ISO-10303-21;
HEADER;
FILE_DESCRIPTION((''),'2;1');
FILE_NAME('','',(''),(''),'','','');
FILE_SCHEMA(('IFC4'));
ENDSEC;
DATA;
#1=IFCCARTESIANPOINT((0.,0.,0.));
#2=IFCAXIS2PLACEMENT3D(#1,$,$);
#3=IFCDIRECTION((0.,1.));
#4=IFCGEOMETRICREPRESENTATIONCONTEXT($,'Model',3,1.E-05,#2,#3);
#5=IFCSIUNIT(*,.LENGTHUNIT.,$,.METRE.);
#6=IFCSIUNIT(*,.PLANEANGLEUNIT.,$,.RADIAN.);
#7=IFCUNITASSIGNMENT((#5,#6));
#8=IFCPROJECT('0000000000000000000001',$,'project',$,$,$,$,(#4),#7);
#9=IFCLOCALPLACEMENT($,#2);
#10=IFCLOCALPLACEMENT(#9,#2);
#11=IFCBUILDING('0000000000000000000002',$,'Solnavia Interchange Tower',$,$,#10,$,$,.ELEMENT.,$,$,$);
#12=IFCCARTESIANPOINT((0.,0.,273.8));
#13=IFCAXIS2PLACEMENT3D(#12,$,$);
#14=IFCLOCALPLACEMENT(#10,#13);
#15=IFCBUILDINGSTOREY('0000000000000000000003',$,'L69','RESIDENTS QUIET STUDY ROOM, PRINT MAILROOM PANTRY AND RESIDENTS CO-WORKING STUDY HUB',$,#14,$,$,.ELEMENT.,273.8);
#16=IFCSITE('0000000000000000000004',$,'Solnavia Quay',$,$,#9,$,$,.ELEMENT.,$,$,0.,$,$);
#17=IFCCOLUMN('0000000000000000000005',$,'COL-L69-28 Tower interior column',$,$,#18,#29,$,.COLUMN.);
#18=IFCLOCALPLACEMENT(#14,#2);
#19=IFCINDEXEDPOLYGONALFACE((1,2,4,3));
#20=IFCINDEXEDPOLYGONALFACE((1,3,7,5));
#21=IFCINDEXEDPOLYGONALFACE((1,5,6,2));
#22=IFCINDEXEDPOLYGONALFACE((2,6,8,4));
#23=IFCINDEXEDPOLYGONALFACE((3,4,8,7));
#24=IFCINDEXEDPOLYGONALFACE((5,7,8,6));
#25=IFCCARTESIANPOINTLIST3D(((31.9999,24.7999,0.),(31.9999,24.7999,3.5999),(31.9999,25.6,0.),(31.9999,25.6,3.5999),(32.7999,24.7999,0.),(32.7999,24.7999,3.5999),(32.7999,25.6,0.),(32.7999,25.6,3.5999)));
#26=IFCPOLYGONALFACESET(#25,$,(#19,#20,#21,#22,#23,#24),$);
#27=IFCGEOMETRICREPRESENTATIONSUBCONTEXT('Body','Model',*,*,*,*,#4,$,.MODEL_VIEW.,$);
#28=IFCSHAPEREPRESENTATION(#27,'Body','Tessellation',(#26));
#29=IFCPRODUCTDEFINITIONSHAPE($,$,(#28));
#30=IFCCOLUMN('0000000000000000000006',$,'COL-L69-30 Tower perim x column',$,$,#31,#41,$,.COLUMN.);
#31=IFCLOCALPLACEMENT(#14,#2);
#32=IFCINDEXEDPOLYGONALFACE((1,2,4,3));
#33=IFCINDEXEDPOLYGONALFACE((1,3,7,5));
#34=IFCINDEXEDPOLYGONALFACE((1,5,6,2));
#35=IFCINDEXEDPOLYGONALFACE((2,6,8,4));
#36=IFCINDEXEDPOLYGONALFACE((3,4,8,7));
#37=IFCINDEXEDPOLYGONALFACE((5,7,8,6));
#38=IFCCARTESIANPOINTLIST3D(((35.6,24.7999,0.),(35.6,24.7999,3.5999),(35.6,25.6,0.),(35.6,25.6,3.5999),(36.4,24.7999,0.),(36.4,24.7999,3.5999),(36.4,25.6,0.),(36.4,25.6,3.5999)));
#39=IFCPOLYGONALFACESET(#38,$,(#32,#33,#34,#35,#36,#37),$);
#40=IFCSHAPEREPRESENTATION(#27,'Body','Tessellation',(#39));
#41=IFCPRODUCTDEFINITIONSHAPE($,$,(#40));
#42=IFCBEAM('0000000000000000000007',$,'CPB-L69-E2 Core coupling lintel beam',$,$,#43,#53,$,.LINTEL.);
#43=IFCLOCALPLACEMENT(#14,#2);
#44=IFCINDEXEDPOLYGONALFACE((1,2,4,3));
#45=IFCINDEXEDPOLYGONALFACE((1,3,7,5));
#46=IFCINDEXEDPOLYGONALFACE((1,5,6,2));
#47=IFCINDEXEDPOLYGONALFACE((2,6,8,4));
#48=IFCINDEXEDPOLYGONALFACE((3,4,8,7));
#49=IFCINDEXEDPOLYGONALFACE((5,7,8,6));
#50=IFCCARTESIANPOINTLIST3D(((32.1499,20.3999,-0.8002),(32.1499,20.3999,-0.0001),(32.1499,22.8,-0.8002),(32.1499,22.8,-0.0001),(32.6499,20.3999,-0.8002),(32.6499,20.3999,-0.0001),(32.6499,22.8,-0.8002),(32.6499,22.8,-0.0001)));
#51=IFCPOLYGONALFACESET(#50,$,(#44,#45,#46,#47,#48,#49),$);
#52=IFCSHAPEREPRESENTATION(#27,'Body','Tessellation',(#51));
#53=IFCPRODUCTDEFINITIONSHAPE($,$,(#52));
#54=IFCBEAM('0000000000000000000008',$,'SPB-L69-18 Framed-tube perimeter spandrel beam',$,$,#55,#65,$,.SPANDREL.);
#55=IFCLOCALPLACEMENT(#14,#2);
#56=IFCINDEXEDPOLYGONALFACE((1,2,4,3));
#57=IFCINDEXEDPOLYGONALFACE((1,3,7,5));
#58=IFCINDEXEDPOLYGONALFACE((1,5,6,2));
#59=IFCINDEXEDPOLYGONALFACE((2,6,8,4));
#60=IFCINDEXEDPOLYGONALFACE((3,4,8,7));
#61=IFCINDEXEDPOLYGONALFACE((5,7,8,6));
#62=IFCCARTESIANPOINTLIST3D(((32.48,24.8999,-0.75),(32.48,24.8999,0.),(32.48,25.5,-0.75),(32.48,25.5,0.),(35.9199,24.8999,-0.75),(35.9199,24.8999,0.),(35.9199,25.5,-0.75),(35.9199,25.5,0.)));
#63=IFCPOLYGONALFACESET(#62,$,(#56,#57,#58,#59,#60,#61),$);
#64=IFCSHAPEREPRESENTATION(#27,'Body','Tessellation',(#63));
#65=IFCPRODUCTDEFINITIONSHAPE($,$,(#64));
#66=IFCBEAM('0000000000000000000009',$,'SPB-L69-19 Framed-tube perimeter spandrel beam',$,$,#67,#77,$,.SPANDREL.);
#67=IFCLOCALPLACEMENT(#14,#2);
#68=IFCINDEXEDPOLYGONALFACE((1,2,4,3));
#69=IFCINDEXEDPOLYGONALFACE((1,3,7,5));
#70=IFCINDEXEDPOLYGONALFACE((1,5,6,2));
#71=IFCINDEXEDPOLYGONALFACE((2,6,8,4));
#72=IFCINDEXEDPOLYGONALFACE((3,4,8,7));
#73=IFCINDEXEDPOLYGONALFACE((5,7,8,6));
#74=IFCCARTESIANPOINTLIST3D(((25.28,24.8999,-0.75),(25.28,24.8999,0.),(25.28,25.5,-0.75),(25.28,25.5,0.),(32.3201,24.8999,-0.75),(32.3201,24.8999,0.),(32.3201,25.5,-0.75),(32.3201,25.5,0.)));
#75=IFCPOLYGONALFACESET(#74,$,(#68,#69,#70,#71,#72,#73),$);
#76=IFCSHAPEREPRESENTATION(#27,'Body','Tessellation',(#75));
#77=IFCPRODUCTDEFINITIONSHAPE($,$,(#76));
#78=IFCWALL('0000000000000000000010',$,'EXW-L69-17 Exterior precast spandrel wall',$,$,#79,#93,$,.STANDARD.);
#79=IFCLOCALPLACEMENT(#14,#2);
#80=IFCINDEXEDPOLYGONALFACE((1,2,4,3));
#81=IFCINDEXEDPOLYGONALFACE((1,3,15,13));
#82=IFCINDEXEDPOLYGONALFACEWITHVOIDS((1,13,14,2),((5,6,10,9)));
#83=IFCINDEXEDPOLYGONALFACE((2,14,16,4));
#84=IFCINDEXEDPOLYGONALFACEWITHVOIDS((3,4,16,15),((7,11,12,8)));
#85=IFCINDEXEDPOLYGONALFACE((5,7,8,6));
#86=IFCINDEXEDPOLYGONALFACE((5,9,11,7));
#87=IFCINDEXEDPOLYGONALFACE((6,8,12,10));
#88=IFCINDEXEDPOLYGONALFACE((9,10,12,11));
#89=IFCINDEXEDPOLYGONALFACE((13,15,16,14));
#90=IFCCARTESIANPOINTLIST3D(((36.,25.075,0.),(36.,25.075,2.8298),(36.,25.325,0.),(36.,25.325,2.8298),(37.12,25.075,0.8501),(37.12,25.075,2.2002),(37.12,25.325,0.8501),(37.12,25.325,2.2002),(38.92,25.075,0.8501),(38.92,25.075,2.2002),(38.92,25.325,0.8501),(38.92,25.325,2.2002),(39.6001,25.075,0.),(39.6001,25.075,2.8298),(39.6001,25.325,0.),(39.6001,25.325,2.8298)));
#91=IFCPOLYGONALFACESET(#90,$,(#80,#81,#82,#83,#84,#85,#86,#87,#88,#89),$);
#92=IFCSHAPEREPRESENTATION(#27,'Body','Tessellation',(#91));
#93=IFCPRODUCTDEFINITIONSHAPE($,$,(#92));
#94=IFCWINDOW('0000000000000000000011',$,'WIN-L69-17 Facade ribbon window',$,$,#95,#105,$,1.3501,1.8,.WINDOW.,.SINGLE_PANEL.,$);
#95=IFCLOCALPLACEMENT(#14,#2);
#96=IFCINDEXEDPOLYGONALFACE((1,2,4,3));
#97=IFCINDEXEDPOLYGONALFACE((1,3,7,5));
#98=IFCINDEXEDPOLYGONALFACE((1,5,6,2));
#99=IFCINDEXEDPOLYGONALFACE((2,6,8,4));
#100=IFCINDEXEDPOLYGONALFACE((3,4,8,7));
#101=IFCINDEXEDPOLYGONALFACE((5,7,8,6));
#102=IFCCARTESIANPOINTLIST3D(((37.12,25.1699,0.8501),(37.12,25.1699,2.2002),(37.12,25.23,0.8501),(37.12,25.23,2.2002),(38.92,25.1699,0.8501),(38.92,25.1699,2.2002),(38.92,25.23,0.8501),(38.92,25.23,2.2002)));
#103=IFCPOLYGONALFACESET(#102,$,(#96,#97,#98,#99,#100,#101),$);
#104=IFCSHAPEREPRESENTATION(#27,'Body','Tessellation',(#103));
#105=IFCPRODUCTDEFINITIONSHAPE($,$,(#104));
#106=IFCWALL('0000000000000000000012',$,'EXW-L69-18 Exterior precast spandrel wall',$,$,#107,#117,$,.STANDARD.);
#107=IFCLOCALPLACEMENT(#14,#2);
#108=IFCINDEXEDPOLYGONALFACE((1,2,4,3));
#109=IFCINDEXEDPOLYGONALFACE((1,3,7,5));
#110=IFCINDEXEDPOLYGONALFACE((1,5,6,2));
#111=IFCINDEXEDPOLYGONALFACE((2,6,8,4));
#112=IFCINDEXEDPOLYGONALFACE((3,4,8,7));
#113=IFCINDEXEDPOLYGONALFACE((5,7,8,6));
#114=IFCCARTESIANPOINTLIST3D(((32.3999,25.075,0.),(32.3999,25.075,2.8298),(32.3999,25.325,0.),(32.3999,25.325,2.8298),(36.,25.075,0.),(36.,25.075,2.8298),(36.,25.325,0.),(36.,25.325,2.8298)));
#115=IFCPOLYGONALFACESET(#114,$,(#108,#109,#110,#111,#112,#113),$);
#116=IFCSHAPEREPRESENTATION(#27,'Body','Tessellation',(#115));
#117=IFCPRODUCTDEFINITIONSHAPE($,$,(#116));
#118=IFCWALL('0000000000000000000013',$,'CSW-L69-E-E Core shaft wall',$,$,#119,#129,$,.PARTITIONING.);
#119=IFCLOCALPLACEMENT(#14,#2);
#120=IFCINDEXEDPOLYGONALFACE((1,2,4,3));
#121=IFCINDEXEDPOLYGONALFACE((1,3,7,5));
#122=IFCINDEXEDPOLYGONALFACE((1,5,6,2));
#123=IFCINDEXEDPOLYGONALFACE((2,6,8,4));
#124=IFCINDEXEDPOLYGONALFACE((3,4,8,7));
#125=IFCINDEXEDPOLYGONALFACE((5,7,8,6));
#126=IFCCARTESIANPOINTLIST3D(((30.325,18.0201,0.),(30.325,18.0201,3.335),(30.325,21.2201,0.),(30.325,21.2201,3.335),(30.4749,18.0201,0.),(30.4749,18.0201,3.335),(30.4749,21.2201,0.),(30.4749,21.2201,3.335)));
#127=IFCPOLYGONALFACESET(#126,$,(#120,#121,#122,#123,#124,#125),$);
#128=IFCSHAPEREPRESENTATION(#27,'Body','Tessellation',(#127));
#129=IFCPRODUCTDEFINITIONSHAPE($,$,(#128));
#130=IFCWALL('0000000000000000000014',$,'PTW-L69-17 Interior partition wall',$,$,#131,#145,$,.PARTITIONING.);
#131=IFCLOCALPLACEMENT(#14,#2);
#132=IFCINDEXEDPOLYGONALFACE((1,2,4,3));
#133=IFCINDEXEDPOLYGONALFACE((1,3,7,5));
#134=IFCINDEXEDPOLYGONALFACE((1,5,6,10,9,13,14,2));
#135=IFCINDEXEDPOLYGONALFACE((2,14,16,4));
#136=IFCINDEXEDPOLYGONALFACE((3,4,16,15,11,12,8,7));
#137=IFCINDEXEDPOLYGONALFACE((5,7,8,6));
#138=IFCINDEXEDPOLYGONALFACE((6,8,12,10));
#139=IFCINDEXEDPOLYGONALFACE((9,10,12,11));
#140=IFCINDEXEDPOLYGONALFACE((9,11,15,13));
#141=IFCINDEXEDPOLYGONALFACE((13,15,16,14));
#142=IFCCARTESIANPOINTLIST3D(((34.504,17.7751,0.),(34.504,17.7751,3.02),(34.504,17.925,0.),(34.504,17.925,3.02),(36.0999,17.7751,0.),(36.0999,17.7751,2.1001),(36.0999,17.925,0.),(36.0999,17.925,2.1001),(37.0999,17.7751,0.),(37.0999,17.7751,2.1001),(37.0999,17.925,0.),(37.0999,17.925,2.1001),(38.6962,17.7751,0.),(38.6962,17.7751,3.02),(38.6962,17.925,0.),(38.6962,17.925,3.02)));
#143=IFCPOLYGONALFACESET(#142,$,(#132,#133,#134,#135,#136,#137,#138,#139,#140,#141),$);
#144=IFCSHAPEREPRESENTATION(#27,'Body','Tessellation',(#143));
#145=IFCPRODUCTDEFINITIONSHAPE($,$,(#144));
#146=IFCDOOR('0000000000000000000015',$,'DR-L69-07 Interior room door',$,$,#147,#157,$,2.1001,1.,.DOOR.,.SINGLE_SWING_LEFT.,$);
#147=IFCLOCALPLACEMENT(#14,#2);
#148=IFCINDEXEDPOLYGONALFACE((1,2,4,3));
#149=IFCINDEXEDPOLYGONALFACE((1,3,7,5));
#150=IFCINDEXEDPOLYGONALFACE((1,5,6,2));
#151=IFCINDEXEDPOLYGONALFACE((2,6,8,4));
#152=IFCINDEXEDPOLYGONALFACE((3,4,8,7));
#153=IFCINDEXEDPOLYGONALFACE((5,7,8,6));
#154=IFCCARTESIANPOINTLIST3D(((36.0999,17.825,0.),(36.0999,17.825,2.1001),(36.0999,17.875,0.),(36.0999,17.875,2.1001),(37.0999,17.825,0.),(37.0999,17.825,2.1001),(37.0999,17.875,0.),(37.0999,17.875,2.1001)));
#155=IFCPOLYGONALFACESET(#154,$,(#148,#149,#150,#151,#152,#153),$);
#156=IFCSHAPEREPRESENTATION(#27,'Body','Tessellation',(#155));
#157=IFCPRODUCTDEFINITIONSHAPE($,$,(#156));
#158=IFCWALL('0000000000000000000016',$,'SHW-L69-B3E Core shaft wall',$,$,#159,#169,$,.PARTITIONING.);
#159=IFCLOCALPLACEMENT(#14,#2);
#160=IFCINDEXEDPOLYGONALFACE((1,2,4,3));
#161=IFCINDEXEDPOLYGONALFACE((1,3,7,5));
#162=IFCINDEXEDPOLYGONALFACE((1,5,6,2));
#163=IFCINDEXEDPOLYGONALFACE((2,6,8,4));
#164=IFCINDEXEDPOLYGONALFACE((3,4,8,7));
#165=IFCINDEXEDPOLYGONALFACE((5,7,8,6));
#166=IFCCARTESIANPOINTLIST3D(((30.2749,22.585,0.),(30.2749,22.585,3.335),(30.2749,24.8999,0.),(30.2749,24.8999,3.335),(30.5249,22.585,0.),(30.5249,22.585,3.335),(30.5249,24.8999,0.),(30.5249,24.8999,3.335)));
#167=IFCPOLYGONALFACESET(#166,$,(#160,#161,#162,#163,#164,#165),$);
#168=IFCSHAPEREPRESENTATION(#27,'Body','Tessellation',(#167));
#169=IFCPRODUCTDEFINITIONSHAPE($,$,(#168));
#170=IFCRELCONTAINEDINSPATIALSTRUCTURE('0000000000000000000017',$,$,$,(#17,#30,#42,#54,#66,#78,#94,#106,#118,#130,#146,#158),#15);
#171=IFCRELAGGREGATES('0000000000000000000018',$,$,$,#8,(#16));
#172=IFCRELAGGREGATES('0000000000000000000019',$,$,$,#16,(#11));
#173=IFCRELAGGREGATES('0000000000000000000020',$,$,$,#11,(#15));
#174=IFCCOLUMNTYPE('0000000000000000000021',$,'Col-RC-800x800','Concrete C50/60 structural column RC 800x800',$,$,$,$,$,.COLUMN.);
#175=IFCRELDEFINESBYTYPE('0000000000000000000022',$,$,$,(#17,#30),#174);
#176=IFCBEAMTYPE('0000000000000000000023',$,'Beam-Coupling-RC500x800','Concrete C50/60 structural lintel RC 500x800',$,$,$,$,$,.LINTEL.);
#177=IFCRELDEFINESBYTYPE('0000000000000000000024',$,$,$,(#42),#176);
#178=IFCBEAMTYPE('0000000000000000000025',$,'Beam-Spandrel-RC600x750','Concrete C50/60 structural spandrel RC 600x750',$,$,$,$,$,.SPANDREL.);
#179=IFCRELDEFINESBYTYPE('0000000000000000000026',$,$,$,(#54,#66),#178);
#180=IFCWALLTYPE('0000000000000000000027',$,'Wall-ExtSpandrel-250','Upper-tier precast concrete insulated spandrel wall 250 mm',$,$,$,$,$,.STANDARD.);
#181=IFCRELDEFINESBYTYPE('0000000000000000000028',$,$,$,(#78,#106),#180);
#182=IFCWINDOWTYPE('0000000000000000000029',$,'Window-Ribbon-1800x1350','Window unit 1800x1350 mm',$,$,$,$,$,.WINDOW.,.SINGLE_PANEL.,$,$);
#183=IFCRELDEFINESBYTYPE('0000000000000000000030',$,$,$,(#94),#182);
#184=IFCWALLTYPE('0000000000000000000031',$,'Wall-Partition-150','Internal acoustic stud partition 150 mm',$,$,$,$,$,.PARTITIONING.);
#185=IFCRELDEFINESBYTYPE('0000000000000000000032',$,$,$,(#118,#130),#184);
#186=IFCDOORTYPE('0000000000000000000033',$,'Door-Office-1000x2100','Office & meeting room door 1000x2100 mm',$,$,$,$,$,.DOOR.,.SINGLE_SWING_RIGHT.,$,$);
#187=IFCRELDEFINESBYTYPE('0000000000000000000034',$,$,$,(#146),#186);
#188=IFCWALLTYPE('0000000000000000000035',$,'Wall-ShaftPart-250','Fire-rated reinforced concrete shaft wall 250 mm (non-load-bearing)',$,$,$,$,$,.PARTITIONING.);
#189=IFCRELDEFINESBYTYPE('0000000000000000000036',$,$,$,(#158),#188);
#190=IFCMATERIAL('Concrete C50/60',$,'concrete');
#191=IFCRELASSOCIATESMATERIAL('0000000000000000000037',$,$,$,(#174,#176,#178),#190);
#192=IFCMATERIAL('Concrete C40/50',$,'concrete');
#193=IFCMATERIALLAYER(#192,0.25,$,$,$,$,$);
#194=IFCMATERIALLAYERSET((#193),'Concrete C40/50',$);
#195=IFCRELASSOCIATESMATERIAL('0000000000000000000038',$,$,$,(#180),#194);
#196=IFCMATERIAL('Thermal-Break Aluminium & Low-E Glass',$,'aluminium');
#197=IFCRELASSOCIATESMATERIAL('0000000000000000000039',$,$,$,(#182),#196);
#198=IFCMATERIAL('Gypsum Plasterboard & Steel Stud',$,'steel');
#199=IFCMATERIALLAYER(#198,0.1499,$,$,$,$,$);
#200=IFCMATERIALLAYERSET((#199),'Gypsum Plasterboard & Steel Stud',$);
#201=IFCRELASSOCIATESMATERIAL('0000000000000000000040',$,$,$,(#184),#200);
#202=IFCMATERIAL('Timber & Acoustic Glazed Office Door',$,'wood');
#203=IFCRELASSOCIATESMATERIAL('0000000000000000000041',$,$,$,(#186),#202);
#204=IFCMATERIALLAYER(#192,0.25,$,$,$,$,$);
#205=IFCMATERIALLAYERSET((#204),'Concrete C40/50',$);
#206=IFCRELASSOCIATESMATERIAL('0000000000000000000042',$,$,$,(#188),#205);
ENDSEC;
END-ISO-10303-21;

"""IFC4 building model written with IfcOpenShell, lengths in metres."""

from ifc_helpers import new_model, si_unit, direction, frame, frame_2d, origin, origin_2d, place, context, subcontext, project, spatial, rectangle, extrude, material, layer, layer_set, material_profile, profile_set, type_object, element, fill, save


model = new_model("IFC4")

# Units and contexts
model_context = context("Model", 3, precision=1e-05, world=origin(), true_north=direction((0.0, 1.0)))
body_context = subcontext(model_context, "Body", "Model", "MODEL_VIEW")
ifc_project = project(units=[si_unit("LENGTHUNIT", "METRE"), si_unit("PLANEANGLEUNIT", "RADIAN")], contexts=[model_context])

# Site, building, storey
site_placement = place(None, origin())
site = spatial("IfcSite", under=ifc_project, at=site_placement, Name="Solnavia Quay", CompositionType="ELEMENT", RefElevation=0.0)
building_placement = place(site_placement, origin())
building = spatial("IfcBuilding", under=site, at=building_placement, Name="Solnavia Interchange Tower", CompositionType="ELEMENT")
storey_placement = place(building_placement, frame((0.0, 0.0, 273.8)))
storey = spatial("IfcBuildingStorey", under=building, at=storey_placement, Name="L69", Description="RESIDENTS QUIET STUDY ROOM, PRINT MAILROOM PANTRY AND RESIDENTS CO-WORKING STUDY HUB", CompositionType="ELEMENT", Elevation=273.8)

# Columns
ifc_material_1 = material(Name="Concrete C50/60", Category="concrete")
ifc_material_profile_1 = material_profile(ifc_material_1, rectangle(XDim=0.8, YDim=0.8, at=origin_2d()), Name="RC 800x800")
ifc_profile_set_1 = profile_set([ifc_material_profile_1], Name="Concrete C50/60")
column_type = type_object("IfcColumnType", Name="Col-RC-800x800", Description="Concrete C50/60 structural column RC 800x800", PredefinedType="COLUMN", material=ifc_profile_set_1)
for number, where, z_axis, x_axis, name in (
    (1, (32.3999, 25.2, 0.0), (0.0, 0.0, 1.0), (1.0, 0.0, 0.0), "COL-L69-28 Tower interior column"),
    (2, (36.0, 25.2, 0.0), (0.0, 0.0, 1.0), (1.0, 0.0, 0.0), "COL-L69-30 Tower perim x column"),
):
    element("IfcColumn", number, at=place(storey_placement, frame(where, z_axis=z_axis, x_axis=x_axis)), inside=storey, type_object=column_type, Name=name, PredefinedType="COLUMN", context=body_context, shape_type="SweptSolid", body=[
        extrude(rectangle(XDim=0.8, YDim=0.8, at=origin_2d()), origin(), (0.0, 0.0, 1.0), 3.5999),
    ])

# Beams
ifc_material_profile_2 = material_profile(ifc_material_1, rectangle(XDim=0.5, YDim=0.8, at=origin_2d()), Name="RC 500x800")
ifc_profile_set_2 = profile_set([ifc_material_profile_2], Name="Concrete C50/60")
beam_type_1 = type_object("IfcBeamType", Name="Beam-Coupling-RC500x800", Description="Concrete C50/60 structural lintel RC 500x800", PredefinedType="LINTEL", material=ifc_profile_set_2)
beam_1_placement = place(storey_placement, frame((32.3999, 20.3999, -0.4001), z_axis=(0.0, 1.0, 0.0), x_axis=(-1.0, 0.0, 0.0)))
element("IfcBeam", 3, at=beam_1_placement, inside=storey, type_object=beam_type_1, Name="CPB-L69-E2 Core coupling lintel beam", PredefinedType="LINTEL", context=body_context, shape_type="SweptSolid", body=[
    extrude(rectangle(XDim=0.5, YDim=0.8, at=origin_2d()), origin(), (0.0, 0.0, 1.0), 2.4001),
])
ifc_material_profile_3 = material_profile(ifc_material_1, rectangle(XDim=0.6001, YDim=0.75, at=origin_2d()), Name="RC 600x750")
ifc_profile_set_3 = profile_set([ifc_material_profile_3], Name="Concrete C50/60")
beam_type_2 = type_object("IfcBeamType", Name="Beam-Spandrel-RC600x750", Description="Concrete C50/60 structural spandrel RC 600x750", PredefinedType="SPANDREL", material=ifc_profile_set_3)
beam_2_placement = place(storey_placement, frame((35.9199, 25.2, -0.375), z_axis=(-1.0, 0.0, 0.0), x_axis=(0.0, -1.0, 0.0)))
element("IfcBeam", 4, at=beam_2_placement, inside=storey, type_object=beam_type_2, Name="SPB-L69-18 Framed-tube perimeter spandrel beam", PredefinedType="SPANDREL", context=body_context, shape_type="SweptSolid", body=[
    extrude(rectangle(XDim=0.6001, YDim=0.75, at=origin_2d()), origin(), (0.0, 0.0, 1.0), 3.4399),
])
beam_3_placement = place(storey_placement, frame((32.3201, 25.2, -0.375), z_axis=(-1.0, 0.0, 0.0), x_axis=(0.0, -1.0, 0.0)))
element("IfcBeam", 5, at=beam_3_placement, inside=storey, type_object=beam_type_2, Name="SPB-L69-19 Framed-tube perimeter spandrel beam", PredefinedType="SPANDREL", context=body_context, shape_type="SweptSolid", body=[
    extrude(rectangle(XDim=0.6001, YDim=0.75, at=origin_2d()), origin(), (0.0, 0.0, 1.0), 7.04),
])

# Wall, opening, window
ifc_material_2 = material(Name="Concrete C40/50", Category="concrete")
ifc_layer_1 = layer(ifc_material_2, 0.25)
ifc_layer_set_1 = layer_set([ifc_layer_1], Name="Concrete C40/50")
wall_type_1 = type_object("IfcWallType", Name="Wall-ExtSpandrel-250", Description="Upper-tier precast concrete insulated spandrel wall 250 mm", PredefinedType="STANDARD", material=ifc_layer_set_1)
wall_1_placement = place(storey_placement, frame((36.0, 25.2, 0.0), z_axis=(0.0, 0.0, 1.0), x_axis=(1.0, 0.0, 0.0)))
wall_1 = element("IfcWall", 6, at=wall_1_placement, inside=storey, type_object=wall_type_1, Name="EXW-L69-17 Exterior precast spandrel wall", PredefinedType="STANDARD", context=body_context, shape_type="SweptSolid", body=[
    extrude(rectangle(XDim=3.6001, YDim=0.25, at=frame_2d((1.8, 0.0))), origin(), (0.0, 0.0, 1.0), 2.8298),
])
opening_1_placement = place(wall_1_placement, frame((1.1201, 0.0, 0.8501)))
opening_1 = element("IfcOpeningElement", 7, at=opening_1_placement, cuts=wall_1, PredefinedType="OPENING", context=body_context, shape_type="SweptSolid", body=[
    extrude(rectangle(XDim=1.8, YDim=1.3501, at=frame_2d((0.8999, 0.675))), frame((0.0, 0.135, 0.0), z_axis=(0.0, -1.0, 0.0), x_axis=(1.0, 0.0, 0.0)), (0.0, 0.0, 1.0), 0.27),
])
ifc_material_3 = material(Name="Thermal-Break Aluminium & Low-E Glass", Category="aluminium")
window_type = type_object("IfcWindowType", Name="Window-Ribbon-1800x1350", Description="Window unit 1800x1350 mm", PartitioningType="SINGLE_PANEL", PredefinedType="WINDOW", material=ifc_material_3)
window_placement = place(opening_1_placement, origin())
window = element("IfcWindow", 8, at=window_placement, inside=storey, type_object=window_type, Name="WIN-L69-17 Facade ribbon window", OverallHeight=1.3501, OverallWidth=1.8, PartitioningType="SINGLE_PANEL", PredefinedType="WINDOW", context=body_context, shape_type="SweptSolid", body=[
    extrude(rectangle(XDim=1.8, YDim=1.3501, at=frame_2d((0.8999, 0.675))), frame((0.0, 0.03, 0.0), z_axis=(0.0, -1.0, 0.0), x_axis=(1.0, 0.0, 0.0)), (0.0, 0.0, 1.0), 0.0601),
])
fill(opening_1, window)

# Walls
wall_2_placement = place(storey_placement, frame((32.3999, 25.2, 0.0), z_axis=(0.0, 0.0, 1.0), x_axis=(1.0, 0.0, 0.0)))
element("IfcWall", 9, at=wall_2_placement, inside=storey, type_object=wall_type_1, Name="EXW-L69-18 Exterior precast spandrel wall", PredefinedType="STANDARD", context=body_context, shape_type="SweptSolid", body=[
    extrude(rectangle(XDim=3.6001, YDim=0.25, at=frame_2d((1.8, 0.0))), origin(), (0.0, 0.0, 1.0), 2.8298),
])
ifc_material_4 = material(Name="Gypsum Plasterboard & Steel Stud", Category="steel")
ifc_layer_2 = layer(ifc_material_4, 0.1499)
ifc_layer_set_2 = layer_set([ifc_layer_2], Name="Gypsum Plasterboard & Steel Stud")
wall_type_2 = type_object("IfcWallType", Name="Wall-Partition-150", Description="Internal acoustic stud partition 150 mm", PredefinedType="PARTITIONING", material=ifc_layer_set_2)
wall_3_placement = place(storey_placement, frame((30.3999, 18.02, 0.0), z_axis=(0.0, 0.0, 1.0), x_axis=(0.0, 1.0, 0.0)))
element("IfcWall", 10, at=wall_3_placement, inside=storey, type_object=wall_type_2, Name="CSW-L69-E-E Core shaft wall", PredefinedType="PARTITIONING", context=body_context, shape_type="SweptSolid", body=[
    extrude(rectangle(XDim=3.2, YDim=0.1499, at=frame_2d((1.6001, 0.0))), origin(), (0.0, 0.0, 1.0), 3.335),
])

# Wall, opening, door
wall_4_placement = place(storey_placement, frame((34.5039, 17.8501, 0.0), z_axis=(0.0, 0.0, 1.0), x_axis=(1.0, 0.0, 0.0)))
wall_4 = element("IfcWall", 11, at=wall_4_placement, inside=storey, type_object=wall_type_2, Name="PTW-L69-17 Interior partition wall", PredefinedType="PARTITIONING", context=body_context, shape_type="SweptSolid", body=[
    extrude(rectangle(XDim=4.1921, YDim=0.1499, at=frame_2d((2.0962, 0.0))), origin(), (0.0, 0.0, 1.0), 3.02),
])
opening_2_placement = place(wall_4_placement, frame((1.5959, 0.0, 0.0)))
opening_2 = element("IfcOpeningElement", 12, at=opening_2_placement, cuts=wall_4, PredefinedType="OPENING", context=body_context, shape_type="SweptSolid", body=[
    extrude(rectangle(XDim=1.0, YDim=2.1001, at=frame_2d((0.5, 1.05))), frame((0.0, 0.085, 0.0), z_axis=(0.0, -1.0, 0.0), x_axis=(1.0, 0.0, 0.0)), (0.0, 0.0, 1.0), 0.1699),
])
ifc_material_5 = material(Name="Timber & Acoustic Glazed Office Door", Category="wood")
door_type_1 = type_object("IfcDoorType", Name="Door-Office-1000x2100", Description="Office & meeting room door 1000x2100 mm", OperationType="SINGLE_SWING_RIGHT", PredefinedType="DOOR", material=ifc_material_5)
door_1_placement = place(opening_2_placement, origin())
door_1 = element("IfcDoor", 13, at=door_1_placement, inside=storey, type_object=door_type_1, Name="DR-L69-07 Interior room door", OperationType="SINGLE_SWING_LEFT", OverallHeight=2.1001, OverallWidth=1.0, PredefinedType="DOOR", context=body_context, shape_type="SweptSolid", body=[
    extrude(rectangle(XDim=1.0, YDim=2.1001, at=frame_2d((0.5, 1.05))), frame((0.0, 0.0249, 0.0), z_axis=(0.0, -1.0, 0.0), x_axis=(1.0, 0.0, 0.0)), (0.0, 0.0, 1.0), 0.05),
])
fill(opening_2, door_1)

# Wall
ifc_layer_3 = layer(ifc_material_2, 0.25)
ifc_layer_set_3 = layer_set([ifc_layer_3], Name="Concrete C40/50")
wall_type_3 = type_object("IfcWallType", Name="Wall-ShaftPart-250", Description="Fire-rated reinforced concrete shaft wall 250 mm (non-load-bearing)", PredefinedType="PARTITIONING", material=ifc_layer_set_3)
wall_5_placement = place(storey_placement, frame((30.3999, 22.585, 0.0), z_axis=(0.0, 0.0, 1.0), x_axis=(0.0, 1.0, 0.0)))
element("IfcWall", 14, at=wall_5_placement, inside=storey, type_object=wall_type_3, Name="SHW-L69-B3E Core shaft wall", PredefinedType="PARTITIONING", context=body_context, shape_type="SweptSolid", body=[
    extrude(rectangle(XDim=2.3149, YDim=0.25, at=frame_2d((1.1575, 0.0))), origin(), (0.0, 0.0, 1.0), 3.335),
])

save(model, "model.ifc")
